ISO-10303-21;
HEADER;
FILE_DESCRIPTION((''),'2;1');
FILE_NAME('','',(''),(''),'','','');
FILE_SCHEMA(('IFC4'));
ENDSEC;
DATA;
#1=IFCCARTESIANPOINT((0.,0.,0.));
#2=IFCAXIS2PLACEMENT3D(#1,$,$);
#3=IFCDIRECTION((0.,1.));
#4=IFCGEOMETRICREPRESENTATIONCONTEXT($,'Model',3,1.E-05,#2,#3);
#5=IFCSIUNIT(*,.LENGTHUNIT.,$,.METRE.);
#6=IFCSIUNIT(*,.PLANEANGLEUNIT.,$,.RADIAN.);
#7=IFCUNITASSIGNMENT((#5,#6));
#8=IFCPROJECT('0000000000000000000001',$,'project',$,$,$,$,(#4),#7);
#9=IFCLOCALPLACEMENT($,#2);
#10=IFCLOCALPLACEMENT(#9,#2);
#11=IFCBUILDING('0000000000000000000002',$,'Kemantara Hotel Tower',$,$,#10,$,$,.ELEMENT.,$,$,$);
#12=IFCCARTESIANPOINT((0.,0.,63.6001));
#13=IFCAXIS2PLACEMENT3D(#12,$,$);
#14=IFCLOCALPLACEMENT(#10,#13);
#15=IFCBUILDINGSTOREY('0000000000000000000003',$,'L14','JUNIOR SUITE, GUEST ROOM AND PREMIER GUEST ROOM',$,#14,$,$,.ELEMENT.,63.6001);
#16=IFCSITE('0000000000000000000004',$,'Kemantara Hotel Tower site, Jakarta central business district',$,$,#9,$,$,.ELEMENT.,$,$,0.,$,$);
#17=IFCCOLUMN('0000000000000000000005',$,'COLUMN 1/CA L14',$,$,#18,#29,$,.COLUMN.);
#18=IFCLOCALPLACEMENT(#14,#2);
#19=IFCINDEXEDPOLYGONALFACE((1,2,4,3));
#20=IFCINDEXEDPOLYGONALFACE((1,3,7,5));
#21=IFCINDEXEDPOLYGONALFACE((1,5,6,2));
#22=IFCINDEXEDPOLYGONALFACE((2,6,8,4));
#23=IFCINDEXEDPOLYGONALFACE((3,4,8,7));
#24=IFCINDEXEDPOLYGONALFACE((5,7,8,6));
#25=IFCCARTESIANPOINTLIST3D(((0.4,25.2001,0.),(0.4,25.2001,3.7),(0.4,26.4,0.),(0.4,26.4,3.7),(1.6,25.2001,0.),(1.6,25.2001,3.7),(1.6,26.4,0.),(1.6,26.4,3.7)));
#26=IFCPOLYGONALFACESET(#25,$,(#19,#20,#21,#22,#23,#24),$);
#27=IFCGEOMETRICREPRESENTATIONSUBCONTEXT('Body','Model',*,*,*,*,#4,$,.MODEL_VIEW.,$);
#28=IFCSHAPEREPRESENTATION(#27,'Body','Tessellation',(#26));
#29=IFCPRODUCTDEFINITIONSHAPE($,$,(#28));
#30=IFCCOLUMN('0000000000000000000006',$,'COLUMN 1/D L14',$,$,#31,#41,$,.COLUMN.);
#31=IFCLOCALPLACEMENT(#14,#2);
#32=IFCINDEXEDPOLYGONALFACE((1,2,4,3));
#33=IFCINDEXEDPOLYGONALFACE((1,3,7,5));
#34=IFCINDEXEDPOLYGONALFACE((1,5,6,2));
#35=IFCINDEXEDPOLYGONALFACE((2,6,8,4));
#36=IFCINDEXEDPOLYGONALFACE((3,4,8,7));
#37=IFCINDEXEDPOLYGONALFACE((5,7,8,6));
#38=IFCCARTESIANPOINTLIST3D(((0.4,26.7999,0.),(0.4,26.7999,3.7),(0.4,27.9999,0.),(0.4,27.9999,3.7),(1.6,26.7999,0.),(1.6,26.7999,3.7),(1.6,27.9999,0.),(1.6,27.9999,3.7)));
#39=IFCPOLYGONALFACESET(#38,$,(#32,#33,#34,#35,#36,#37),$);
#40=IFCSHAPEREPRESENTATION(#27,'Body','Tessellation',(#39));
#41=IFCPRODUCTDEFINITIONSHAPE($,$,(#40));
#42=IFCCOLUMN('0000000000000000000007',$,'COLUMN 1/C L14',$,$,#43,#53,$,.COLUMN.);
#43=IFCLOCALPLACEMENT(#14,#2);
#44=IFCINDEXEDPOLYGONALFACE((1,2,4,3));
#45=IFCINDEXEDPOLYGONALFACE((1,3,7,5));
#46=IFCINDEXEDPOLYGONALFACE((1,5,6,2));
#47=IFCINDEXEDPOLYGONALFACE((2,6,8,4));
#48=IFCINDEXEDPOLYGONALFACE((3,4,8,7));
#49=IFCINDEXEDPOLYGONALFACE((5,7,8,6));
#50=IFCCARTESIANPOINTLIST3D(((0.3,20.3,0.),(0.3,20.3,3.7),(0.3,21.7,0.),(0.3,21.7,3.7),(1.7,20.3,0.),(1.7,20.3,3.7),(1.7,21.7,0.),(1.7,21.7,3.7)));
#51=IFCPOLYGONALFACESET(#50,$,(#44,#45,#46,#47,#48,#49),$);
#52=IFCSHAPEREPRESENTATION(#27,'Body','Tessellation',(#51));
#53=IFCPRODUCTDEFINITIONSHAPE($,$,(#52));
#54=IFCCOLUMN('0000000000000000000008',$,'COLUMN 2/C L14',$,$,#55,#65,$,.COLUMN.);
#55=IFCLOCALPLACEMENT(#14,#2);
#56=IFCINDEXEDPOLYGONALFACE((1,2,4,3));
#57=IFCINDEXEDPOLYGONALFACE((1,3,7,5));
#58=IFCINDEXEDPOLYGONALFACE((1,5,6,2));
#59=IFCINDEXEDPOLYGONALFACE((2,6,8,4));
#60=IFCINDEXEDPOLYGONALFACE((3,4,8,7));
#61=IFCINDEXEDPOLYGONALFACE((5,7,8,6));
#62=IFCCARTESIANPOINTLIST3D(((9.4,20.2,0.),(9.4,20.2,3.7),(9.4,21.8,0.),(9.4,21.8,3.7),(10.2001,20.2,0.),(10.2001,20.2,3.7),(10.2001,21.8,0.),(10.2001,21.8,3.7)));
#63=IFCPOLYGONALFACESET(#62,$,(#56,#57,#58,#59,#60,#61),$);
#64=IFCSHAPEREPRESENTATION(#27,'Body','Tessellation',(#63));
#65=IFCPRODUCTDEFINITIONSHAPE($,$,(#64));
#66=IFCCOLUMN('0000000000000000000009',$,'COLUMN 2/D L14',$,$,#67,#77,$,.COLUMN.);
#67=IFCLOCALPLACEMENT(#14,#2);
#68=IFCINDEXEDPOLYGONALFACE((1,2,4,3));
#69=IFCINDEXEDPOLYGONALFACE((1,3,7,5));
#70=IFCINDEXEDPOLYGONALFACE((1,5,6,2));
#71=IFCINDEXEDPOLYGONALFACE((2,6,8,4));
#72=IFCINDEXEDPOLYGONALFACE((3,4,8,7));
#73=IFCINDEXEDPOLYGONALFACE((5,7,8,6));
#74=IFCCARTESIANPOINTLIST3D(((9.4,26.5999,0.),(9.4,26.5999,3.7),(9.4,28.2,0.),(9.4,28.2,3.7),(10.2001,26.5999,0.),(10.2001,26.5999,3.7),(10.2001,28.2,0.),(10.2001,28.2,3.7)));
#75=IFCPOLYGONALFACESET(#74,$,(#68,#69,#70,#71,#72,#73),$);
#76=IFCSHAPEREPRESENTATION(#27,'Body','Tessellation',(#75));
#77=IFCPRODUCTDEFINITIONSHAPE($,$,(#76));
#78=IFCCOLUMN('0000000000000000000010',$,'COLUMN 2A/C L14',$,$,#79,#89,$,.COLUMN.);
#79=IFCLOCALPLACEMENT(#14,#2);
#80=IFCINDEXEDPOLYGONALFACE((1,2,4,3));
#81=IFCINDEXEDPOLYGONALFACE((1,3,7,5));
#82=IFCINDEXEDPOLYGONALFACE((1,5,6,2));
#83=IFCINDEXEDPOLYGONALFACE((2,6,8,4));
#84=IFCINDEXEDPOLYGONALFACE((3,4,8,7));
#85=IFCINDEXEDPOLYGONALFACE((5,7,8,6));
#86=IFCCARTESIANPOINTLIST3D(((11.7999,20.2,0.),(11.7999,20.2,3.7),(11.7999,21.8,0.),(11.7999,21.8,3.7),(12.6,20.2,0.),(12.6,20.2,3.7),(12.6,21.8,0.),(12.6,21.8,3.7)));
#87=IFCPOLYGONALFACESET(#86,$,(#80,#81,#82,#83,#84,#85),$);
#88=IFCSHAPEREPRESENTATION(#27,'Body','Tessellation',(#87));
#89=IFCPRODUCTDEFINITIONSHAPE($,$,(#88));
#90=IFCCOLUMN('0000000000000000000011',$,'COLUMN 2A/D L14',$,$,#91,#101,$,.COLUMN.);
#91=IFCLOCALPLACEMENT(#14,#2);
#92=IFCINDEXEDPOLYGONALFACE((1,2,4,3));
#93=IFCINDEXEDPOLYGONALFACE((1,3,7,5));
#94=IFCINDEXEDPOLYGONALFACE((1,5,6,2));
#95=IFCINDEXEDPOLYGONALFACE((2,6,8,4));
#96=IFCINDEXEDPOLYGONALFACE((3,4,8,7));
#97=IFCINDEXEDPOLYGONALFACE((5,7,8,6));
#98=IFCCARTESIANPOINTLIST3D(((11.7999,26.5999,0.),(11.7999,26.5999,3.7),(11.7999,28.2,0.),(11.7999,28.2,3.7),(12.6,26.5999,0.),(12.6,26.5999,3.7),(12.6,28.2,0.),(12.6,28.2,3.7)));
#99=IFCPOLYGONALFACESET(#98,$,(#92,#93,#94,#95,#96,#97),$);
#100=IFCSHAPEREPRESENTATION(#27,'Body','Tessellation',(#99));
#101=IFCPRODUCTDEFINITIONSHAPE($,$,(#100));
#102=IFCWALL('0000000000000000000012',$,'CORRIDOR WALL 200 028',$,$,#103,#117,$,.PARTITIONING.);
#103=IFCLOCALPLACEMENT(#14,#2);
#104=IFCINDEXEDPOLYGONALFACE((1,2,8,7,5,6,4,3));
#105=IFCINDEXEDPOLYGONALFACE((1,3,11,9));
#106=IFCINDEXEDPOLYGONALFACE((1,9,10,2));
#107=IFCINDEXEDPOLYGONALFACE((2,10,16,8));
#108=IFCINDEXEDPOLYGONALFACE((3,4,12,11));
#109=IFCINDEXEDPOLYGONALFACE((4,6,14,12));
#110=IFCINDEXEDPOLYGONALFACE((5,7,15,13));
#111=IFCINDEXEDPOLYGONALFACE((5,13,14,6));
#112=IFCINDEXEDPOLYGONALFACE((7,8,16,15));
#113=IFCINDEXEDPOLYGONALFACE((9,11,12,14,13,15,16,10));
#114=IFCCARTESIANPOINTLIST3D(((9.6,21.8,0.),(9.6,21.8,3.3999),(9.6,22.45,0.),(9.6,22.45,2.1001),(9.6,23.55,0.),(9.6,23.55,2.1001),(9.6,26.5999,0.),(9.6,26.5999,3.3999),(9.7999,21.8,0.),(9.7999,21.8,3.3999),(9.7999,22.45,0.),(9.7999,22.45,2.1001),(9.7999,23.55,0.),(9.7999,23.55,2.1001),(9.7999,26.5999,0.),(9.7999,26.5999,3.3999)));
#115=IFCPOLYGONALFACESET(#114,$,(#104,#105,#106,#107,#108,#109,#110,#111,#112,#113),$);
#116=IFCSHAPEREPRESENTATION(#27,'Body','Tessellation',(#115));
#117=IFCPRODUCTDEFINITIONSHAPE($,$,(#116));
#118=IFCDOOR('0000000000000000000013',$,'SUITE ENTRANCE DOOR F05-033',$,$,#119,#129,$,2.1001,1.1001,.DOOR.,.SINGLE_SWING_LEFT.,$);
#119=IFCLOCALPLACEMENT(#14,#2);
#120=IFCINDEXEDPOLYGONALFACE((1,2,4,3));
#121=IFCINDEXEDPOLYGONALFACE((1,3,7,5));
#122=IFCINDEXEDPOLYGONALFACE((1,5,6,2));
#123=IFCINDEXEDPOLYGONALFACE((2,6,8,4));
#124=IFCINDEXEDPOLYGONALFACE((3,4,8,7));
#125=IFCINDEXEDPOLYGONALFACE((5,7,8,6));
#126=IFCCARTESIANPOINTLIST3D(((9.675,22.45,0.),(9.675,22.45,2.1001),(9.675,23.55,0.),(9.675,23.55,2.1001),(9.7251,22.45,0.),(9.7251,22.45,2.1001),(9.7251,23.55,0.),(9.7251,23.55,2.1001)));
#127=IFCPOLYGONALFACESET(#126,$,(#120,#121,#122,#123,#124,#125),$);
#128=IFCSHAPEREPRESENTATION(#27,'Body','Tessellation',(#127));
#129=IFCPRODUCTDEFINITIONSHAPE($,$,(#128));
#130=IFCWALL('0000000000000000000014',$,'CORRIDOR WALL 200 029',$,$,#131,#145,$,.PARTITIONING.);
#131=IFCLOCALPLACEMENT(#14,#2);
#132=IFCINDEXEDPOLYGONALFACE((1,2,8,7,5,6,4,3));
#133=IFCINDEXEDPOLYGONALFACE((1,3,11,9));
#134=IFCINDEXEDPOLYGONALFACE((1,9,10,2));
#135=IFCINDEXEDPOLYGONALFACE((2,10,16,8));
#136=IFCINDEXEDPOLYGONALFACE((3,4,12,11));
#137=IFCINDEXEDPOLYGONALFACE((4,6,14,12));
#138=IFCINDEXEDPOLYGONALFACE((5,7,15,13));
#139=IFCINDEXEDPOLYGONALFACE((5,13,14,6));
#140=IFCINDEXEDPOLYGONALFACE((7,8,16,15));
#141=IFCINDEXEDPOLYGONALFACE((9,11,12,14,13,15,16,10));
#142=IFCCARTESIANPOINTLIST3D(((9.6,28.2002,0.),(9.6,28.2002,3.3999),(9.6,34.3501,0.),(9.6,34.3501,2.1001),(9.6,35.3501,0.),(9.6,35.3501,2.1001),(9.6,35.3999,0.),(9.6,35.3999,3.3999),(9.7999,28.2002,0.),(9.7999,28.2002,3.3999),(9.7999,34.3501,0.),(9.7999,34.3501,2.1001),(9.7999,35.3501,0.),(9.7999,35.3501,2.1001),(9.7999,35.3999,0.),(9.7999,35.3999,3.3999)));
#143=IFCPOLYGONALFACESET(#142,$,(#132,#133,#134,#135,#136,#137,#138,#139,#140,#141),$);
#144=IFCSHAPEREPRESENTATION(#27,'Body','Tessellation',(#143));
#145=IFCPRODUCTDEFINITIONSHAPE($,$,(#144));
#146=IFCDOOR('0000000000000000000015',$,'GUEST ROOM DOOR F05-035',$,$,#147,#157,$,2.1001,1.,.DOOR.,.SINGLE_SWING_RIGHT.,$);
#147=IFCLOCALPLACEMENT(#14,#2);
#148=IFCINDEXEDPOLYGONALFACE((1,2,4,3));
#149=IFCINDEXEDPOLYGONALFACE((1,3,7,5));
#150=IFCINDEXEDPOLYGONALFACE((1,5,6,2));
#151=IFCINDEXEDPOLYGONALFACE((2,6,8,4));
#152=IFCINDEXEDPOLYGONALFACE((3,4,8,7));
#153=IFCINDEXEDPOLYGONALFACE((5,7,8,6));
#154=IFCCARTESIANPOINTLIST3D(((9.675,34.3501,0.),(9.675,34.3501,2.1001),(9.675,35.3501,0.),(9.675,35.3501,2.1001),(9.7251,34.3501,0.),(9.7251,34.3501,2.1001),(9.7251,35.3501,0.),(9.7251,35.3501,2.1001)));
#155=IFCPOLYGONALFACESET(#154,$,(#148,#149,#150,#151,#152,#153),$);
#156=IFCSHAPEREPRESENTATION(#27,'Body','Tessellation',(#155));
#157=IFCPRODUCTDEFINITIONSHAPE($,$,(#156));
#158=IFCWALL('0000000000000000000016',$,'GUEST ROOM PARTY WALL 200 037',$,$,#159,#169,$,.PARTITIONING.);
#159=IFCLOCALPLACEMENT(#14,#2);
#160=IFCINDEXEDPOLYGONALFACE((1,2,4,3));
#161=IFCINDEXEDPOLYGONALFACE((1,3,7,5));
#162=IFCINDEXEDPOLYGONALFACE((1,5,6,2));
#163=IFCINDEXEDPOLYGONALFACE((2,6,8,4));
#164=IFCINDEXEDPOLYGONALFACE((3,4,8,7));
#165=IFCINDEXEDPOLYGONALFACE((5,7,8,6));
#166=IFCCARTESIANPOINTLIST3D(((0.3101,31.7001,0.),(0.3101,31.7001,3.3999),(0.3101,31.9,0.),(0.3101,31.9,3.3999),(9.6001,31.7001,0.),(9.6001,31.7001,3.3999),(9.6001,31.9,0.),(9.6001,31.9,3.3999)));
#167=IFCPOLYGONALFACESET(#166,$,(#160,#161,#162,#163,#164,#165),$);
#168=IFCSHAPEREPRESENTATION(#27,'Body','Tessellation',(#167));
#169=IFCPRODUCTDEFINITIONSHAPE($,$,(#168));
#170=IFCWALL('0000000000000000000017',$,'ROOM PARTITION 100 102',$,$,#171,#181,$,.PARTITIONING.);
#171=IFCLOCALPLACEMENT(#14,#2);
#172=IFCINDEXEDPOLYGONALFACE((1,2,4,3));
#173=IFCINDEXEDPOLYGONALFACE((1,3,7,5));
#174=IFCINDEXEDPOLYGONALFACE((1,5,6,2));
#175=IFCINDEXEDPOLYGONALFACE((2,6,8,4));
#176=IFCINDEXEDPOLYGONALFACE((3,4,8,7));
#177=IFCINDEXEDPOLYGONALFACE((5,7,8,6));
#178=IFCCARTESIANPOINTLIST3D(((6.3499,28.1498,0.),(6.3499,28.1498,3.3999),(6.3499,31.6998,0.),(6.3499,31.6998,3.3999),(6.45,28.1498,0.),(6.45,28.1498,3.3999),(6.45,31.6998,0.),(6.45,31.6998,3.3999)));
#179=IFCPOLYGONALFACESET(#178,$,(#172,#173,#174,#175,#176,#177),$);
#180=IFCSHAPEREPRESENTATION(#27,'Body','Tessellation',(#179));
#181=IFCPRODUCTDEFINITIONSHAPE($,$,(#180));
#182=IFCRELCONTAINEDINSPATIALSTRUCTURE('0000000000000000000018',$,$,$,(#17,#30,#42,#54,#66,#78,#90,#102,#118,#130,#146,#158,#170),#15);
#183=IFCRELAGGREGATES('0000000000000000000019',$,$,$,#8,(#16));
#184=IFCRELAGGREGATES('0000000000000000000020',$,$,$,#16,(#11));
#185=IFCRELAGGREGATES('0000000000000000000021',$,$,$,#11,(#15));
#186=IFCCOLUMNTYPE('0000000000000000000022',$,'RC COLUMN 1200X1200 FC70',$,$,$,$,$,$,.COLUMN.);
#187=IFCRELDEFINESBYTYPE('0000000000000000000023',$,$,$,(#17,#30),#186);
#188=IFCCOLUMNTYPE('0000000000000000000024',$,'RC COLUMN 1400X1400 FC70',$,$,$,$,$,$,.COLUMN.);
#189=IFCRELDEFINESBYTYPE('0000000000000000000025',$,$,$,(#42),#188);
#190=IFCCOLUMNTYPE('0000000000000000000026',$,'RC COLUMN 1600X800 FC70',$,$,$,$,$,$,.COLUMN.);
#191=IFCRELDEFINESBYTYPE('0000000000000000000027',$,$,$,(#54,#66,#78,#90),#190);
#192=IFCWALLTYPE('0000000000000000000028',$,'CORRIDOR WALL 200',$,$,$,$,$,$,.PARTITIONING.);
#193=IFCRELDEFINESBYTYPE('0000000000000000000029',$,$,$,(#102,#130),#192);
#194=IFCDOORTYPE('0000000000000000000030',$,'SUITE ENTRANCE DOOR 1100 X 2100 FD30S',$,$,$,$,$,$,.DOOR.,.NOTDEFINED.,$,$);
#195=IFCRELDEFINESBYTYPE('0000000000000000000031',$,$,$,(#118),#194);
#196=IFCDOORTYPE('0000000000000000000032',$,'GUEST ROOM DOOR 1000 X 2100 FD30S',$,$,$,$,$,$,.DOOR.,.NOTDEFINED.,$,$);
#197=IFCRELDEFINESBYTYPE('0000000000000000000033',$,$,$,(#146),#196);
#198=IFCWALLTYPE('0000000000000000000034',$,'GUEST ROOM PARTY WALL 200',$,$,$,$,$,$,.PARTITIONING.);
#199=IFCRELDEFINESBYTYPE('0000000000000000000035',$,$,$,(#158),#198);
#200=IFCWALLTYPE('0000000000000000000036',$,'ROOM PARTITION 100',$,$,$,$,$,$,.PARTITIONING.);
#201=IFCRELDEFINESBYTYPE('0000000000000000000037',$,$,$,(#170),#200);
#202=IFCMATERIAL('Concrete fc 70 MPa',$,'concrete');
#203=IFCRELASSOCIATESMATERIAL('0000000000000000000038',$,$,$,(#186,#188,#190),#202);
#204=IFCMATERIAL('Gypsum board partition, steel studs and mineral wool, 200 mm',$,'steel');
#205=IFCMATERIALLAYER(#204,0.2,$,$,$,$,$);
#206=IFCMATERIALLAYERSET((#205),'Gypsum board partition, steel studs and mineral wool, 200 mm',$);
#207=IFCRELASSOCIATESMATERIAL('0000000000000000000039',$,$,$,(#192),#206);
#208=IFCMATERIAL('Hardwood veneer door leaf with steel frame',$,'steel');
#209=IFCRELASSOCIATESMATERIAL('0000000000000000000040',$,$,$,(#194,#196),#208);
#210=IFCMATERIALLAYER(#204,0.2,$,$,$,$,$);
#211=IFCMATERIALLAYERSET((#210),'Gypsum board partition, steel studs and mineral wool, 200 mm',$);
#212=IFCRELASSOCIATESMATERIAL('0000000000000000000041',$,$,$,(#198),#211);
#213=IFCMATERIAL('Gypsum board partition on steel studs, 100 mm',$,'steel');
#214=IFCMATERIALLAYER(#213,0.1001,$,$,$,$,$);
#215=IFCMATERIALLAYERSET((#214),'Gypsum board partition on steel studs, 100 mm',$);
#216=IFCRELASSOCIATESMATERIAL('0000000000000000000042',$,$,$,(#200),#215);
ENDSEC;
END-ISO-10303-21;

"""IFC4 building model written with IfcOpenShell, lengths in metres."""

from ifc_helpers import new_model, si_unit, direction, frame, frame_2d, origin, origin_2d, place, context, subcontext, project, spatial, rectangle, extrude, material, layer, layer_set, material_profile, profile_set, type_object, element, fill, save


model = new_model("IFC4")

# Units and contexts
model_context = context("Model", 3, precision=1e-05, world=origin(), true_north=direction((0.0, 1.0)))
body_context = subcontext(model_context, "Body", "Model", "MODEL_VIEW")
ifc_project = project(units=[si_unit("LENGTHUNIT", "METRE"), si_unit("PLANEANGLEUNIT", "RADIAN")], contexts=[model_context])

# Site, building, storey
site_placement = place(None, origin())
site = spatial("IfcSite", under=ifc_project, at=site_placement, Name="Kemantara Hotel Tower site, Jakarta central business district", CompositionType="ELEMENT", RefElevation=0.0)
building_placement = place(site_placement, origin())
building = spatial("IfcBuilding", under=site, at=building_placement, Name="Kemantara Hotel Tower", CompositionType="ELEMENT")
storey_placement = place(building_placement, frame((0.0, 0.0, 63.6001)))
storey = spatial("IfcBuildingStorey", under=building, at=storey_placement, Name="L14", Description="JUNIOR SUITE, GUEST ROOM AND PREMIER GUEST ROOM", CompositionType="ELEMENT", Elevation=63.6001)

# Columns
ifc_material_1 = material(Name="Concrete fc 70 MPa", Category="concrete")
ifc_material_profile_1 = material_profile(ifc_material_1, rectangle(XDim=1.2, YDim=1.2, at=origin_2d()), Name="RC 1200X1200")
ifc_profile_set_1 = profile_set([ifc_material_profile_1], Name="Concrete fc 70 MPa")
column_type_1 = type_object("IfcColumnType", Name="RC COLUMN 1200X1200 FC70", PredefinedType="COLUMN", material=ifc_profile_set_1)
for number, where, z_axis, x_axis, name in (
    (1, (1.0, 25.8, 0.0), (0.0, 0.0, 1.0), (1.0, 0.0, 0.0), "COLUMN 1/CA L14"),
    (2, (1.0, 27.3999, 0.0), (0.0, 0.0, 1.0), (1.0, 0.0, 0.0), "COLUMN 1/D L14"),
):
    element("IfcColumn", number, at=place(storey_placement, frame(where, z_axis=z_axis, x_axis=x_axis)), inside=storey, type_object=column_type_1, Name=name, PredefinedType="COLUMN", context=body_context, shape_type="SweptSolid", body=[
        extrude(rectangle(XDim=1.2, YDim=1.2, at=origin_2d()), origin(), (0.0, 0.0, 1.0), 3.7),
    ])
ifc_material_profile_2 = material_profile(ifc_material_1, rectangle(XDim=1.3999, YDim=1.3999, at=origin_2d()), Name="RC 1400X1400")
ifc_profile_set_2 = profile_set([ifc_material_profile_2], Name="Concrete fc 70 MPa")
column_type_2 = type_object("IfcColumnType", Name="RC COLUMN 1400X1400 FC70", PredefinedType="COLUMN", material=ifc_profile_set_2)
column_placement = place(storey_placement, frame((1.0, 21.0, 0.0), z_axis=(0.0, 0.0, 1.0), x_axis=(1.0, 0.0, 0.0)))
element("IfcColumn", 3, at=column_placement, inside=storey, type_object=column_type_2, Name="COLUMN 1/C L14", PredefinedType="COLUMN", context=body_context, shape_type="SweptSolid", body=[
    extrude(rectangle(XDim=1.3999, YDim=1.3999, at=origin_2d()), origin(), (0.0, 0.0, 1.0), 3.7),
])
ifc_material_profile_3 = material_profile(ifc_material_1, rectangle(XDim=1.6001, YDim=0.8, at=origin_2d()), Name="RC 1600X800")
ifc_profile_set_3 = profile_set([ifc_material_profile_3], Name="Concrete fc 70 MPa")
column_type_3 = type_object("IfcColumnType", Name="RC COLUMN 1600X800 FC70", PredefinedType="COLUMN", material=ifc_profile_set_3)
for number, where, z_axis, x_axis, name in (
    (4, (9.8, 21.0, 0.0), (0.0, 0.0, 1.0), (0.0, 1.0, 0.0), "COLUMN 2/C L14"),
    (5, (9.8, 27.3999, 0.0), (0.0, 0.0, 1.0), (0.0, 1.0, 0.0), "COLUMN 2/D L14"),
    (6, (12.2, 21.0, 0.0), (0.0, 0.0, 1.0), (0.0, 1.0, 0.0), "COLUMN 2A/C L14"),
    (7, (12.2, 27.3999, 0.0), (0.0, 0.0, 1.0), (0.0, 1.0, 0.0), "COLUMN 2A/D L14"),
):
    element("IfcColumn", number, at=place(storey_placement, frame(where, z_axis=z_axis, x_axis=x_axis)), inside=storey, type_object=column_type_3, Name=name, PredefinedType="COLUMN", context=body_context, shape_type="SweptSolid", body=[
        extrude(rectangle(XDim=1.6001, YDim=0.8, at=origin_2d()), origin(), (0.0, 0.0, 1.0), 3.7),
    ])

# Walls, openings, doors
ifc_material_2 = material(Name="Gypsum board partition, steel studs and mineral wool, 200 mm", Category="steel")
ifc_layer_1 = layer(ifc_material_2, 0.2)
ifc_layer_set_1 = layer_set([ifc_layer_1], Name="Gypsum board partition, steel studs and mineral wool, 200 mm")
wall_type_1 = type_object("IfcWallType", Name="CORRIDOR WALL 200", PredefinedType="PARTITIONING", material=ifc_layer_set_1)
wall_1_placement = place(storey_placement, frame((9.7, 21.8, 0.0), z_axis=(0.0, 0.0, 1.0), x_axis=(0.0, 1.0, 0.0)))
wall_1 = element("IfcWall", 8, at=wall_1_placement, inside=storey, type_object=wall_type_1, Name="CORRIDOR WALL 200 028", PredefinedType="PARTITIONING", context=body_context, shape_type="SweptSolid", body=[
    extrude(rectangle(XDim=4.7998, YDim=0.2, at=frame_2d((2.3999, 0.0))), origin(), (0.0, 0.0, 1.0), 3.3999),
])
opening_1_placement = place(wall_1_placement, frame((0.6499, 0.0, 0.0)))
opening_1 = element("IfcOpeningElement", 9, at=opening_1_placement, cuts=wall_1, PredefinedType="OPENING", context=body_context, shape_type="SweptSolid", body=[
    extrude(rectangle(XDim=1.1001, YDim=2.1001, at=frame_2d((0.55, 1.05))), frame((0.0, 0.1099, 0.0), z_axis=(0.0, -1.0, 0.0), x_axis=(1.0, 0.0, 0.0)), (0.0, 0.0, 1.0), 0.22),
])
ifc_material_3 = material(Name="Hardwood veneer door leaf with steel frame", Category="steel")
door_type_1 = type_object("IfcDoorType", Name="SUITE ENTRANCE DOOR 1100 X 2100 FD30S", OperationType="NOTDEFINED", PredefinedType="DOOR", material=ifc_material_3)
door_1_placement = place(opening_1_placement, origin())
door_1 = element("IfcDoor", 10, at=door_1_placement, inside=storey, type_object=door_type_1, Name="SUITE ENTRANCE DOOR F05-033", OperationType="SINGLE_SWING_LEFT", OverallHeight=2.1001, OverallWidth=1.1001, PredefinedType="DOOR", context=body_context, shape_type="SweptSolid", body=[
    extrude(rectangle(XDim=1.1001, YDim=2.1001, at=frame_2d((0.55, 1.05))), frame((0.0, 0.0249, 0.0), z_axis=(0.0, -1.0, 0.0), x_axis=(1.0, 0.0, 0.0)), (0.0, 0.0, 1.0), 0.05),
])
fill(opening_1, door_1)
wall_2_placement = place(storey_placement, frame((9.7, 28.2002, 0.0), z_axis=(0.0, 0.0, 1.0), x_axis=(0.0, 1.0, 0.0)))
wall_2 = element("IfcWall", 11, at=wall_2_placement, inside=storey, type_object=wall_type_1, Name="CORRIDOR WALL 200 029", PredefinedType="PARTITIONING", context=body_context, shape_type="SweptSolid", body=[
    extrude(rectangle(XDim=7.1997, YDim=0.2, at=frame_2d((3.5999, 0.0))), origin(), (0.0, 0.0, 1.0), 3.3999),
])
opening_2_placement = place(wall_2_placement, frame((6.1499, 0.0, 0.0)))
opening_2 = element("IfcOpeningElement", 12, at=opening_2_placement, cuts=wall_2, PredefinedType="OPENING", context=body_context, shape_type="SweptSolid", body=[
    extrude(rectangle(XDim=1.0, YDim=2.1001, at=frame_2d((0.5, 1.05))), frame((0.0, 0.1099, 0.0), z_axis=(0.0, -1.0, 0.0), x_axis=(1.0, 0.0, 0.0)), (0.0, 0.0, 1.0), 0.22),
])
door_type_2 = type_object("IfcDoorType", Name="GUEST ROOM DOOR 1000 X 2100 FD30S", OperationType="NOTDEFINED", PredefinedType="DOOR", material=ifc_material_3)
door_2_placement = place(opening_2_placement, origin())
door_2 = element("IfcDoor", 13, at=door_2_placement, inside=storey, type_object=door_type_2, Name="GUEST ROOM DOOR F05-035", OperationType="SINGLE_SWING_RIGHT", OverallHeight=2.1001, OverallWidth=1.0, PredefinedType="DOOR", context=body_context, shape_type="SweptSolid", body=[
    extrude(rectangle(XDim=1.0, YDim=2.1001, at=frame_2d((0.5, 1.05))), frame((0.0, 0.0249, 0.0), z_axis=(0.0, -1.0, 0.0), x_axis=(1.0, 0.0, 0.0)), (0.0, 0.0, 1.0), 0.05),
])
fill(opening_2, door_2)

# Walls
ifc_layer_2 = layer(ifc_material_2, 0.2)
ifc_layer_set_2 = layer_set([ifc_layer_2], Name="Gypsum board partition, steel studs and mineral wool, 200 mm")
wall_type_2 = type_object("IfcWallType", Name="GUEST ROOM PARTY WALL 200", PredefinedType="PARTITIONING", material=ifc_layer_set_2)
wall_3_placement = place(storey_placement, frame((0.3101, 31.8, 0.0), z_axis=(0.0, 0.0, 1.0), x_axis=(1.0, 0.0, 0.0)))
element("IfcWall", 14, at=wall_3_placement, inside=storey, type_object=wall_type_2, Name="GUEST ROOM PARTY WALL 200 037", PredefinedType="PARTITIONING", context=body_context, shape_type="SweptSolid", body=[
    extrude(rectangle(XDim=9.29, YDim=0.2, at=frame_2d((4.645, 0.0))), origin(), (0.0, 0.0, 1.0), 3.3999),
])
ifc_material_4 = material(Name="Gypsum board partition on steel studs, 100 mm", Category="steel")
ifc_layer_3 = layer(ifc_material_4, 0.1001)
ifc_layer_set_3 = layer_set([ifc_layer_3], Name="Gypsum board partition on steel studs, 100 mm")
wall_type_3 = type_object("IfcWallType", Name="ROOM PARTITION 100", PredefinedType="PARTITIONING", material=ifc_layer_set_3)
wall_4_placement = place(storey_placement, frame((6.3999, 28.1499, 0.0), z_axis=(0.0, 0.0, 1.0), x_axis=(0.0, 1.0, 0.0)))
element("IfcWall", 15, at=wall_4_placement, inside=storey, type_object=wall_type_3, Name="ROOM PARTITION 100 102", PredefinedType="PARTITIONING", context=body_context, shape_type="SweptSolid", body=[
    extrude(rectangle(XDim=3.55, YDim=0.1001, at=frame_2d((1.7749, 0.0))), origin(), (0.0, 0.0, 1.0), 3.3999),
])

save(model, "model.ifc")
